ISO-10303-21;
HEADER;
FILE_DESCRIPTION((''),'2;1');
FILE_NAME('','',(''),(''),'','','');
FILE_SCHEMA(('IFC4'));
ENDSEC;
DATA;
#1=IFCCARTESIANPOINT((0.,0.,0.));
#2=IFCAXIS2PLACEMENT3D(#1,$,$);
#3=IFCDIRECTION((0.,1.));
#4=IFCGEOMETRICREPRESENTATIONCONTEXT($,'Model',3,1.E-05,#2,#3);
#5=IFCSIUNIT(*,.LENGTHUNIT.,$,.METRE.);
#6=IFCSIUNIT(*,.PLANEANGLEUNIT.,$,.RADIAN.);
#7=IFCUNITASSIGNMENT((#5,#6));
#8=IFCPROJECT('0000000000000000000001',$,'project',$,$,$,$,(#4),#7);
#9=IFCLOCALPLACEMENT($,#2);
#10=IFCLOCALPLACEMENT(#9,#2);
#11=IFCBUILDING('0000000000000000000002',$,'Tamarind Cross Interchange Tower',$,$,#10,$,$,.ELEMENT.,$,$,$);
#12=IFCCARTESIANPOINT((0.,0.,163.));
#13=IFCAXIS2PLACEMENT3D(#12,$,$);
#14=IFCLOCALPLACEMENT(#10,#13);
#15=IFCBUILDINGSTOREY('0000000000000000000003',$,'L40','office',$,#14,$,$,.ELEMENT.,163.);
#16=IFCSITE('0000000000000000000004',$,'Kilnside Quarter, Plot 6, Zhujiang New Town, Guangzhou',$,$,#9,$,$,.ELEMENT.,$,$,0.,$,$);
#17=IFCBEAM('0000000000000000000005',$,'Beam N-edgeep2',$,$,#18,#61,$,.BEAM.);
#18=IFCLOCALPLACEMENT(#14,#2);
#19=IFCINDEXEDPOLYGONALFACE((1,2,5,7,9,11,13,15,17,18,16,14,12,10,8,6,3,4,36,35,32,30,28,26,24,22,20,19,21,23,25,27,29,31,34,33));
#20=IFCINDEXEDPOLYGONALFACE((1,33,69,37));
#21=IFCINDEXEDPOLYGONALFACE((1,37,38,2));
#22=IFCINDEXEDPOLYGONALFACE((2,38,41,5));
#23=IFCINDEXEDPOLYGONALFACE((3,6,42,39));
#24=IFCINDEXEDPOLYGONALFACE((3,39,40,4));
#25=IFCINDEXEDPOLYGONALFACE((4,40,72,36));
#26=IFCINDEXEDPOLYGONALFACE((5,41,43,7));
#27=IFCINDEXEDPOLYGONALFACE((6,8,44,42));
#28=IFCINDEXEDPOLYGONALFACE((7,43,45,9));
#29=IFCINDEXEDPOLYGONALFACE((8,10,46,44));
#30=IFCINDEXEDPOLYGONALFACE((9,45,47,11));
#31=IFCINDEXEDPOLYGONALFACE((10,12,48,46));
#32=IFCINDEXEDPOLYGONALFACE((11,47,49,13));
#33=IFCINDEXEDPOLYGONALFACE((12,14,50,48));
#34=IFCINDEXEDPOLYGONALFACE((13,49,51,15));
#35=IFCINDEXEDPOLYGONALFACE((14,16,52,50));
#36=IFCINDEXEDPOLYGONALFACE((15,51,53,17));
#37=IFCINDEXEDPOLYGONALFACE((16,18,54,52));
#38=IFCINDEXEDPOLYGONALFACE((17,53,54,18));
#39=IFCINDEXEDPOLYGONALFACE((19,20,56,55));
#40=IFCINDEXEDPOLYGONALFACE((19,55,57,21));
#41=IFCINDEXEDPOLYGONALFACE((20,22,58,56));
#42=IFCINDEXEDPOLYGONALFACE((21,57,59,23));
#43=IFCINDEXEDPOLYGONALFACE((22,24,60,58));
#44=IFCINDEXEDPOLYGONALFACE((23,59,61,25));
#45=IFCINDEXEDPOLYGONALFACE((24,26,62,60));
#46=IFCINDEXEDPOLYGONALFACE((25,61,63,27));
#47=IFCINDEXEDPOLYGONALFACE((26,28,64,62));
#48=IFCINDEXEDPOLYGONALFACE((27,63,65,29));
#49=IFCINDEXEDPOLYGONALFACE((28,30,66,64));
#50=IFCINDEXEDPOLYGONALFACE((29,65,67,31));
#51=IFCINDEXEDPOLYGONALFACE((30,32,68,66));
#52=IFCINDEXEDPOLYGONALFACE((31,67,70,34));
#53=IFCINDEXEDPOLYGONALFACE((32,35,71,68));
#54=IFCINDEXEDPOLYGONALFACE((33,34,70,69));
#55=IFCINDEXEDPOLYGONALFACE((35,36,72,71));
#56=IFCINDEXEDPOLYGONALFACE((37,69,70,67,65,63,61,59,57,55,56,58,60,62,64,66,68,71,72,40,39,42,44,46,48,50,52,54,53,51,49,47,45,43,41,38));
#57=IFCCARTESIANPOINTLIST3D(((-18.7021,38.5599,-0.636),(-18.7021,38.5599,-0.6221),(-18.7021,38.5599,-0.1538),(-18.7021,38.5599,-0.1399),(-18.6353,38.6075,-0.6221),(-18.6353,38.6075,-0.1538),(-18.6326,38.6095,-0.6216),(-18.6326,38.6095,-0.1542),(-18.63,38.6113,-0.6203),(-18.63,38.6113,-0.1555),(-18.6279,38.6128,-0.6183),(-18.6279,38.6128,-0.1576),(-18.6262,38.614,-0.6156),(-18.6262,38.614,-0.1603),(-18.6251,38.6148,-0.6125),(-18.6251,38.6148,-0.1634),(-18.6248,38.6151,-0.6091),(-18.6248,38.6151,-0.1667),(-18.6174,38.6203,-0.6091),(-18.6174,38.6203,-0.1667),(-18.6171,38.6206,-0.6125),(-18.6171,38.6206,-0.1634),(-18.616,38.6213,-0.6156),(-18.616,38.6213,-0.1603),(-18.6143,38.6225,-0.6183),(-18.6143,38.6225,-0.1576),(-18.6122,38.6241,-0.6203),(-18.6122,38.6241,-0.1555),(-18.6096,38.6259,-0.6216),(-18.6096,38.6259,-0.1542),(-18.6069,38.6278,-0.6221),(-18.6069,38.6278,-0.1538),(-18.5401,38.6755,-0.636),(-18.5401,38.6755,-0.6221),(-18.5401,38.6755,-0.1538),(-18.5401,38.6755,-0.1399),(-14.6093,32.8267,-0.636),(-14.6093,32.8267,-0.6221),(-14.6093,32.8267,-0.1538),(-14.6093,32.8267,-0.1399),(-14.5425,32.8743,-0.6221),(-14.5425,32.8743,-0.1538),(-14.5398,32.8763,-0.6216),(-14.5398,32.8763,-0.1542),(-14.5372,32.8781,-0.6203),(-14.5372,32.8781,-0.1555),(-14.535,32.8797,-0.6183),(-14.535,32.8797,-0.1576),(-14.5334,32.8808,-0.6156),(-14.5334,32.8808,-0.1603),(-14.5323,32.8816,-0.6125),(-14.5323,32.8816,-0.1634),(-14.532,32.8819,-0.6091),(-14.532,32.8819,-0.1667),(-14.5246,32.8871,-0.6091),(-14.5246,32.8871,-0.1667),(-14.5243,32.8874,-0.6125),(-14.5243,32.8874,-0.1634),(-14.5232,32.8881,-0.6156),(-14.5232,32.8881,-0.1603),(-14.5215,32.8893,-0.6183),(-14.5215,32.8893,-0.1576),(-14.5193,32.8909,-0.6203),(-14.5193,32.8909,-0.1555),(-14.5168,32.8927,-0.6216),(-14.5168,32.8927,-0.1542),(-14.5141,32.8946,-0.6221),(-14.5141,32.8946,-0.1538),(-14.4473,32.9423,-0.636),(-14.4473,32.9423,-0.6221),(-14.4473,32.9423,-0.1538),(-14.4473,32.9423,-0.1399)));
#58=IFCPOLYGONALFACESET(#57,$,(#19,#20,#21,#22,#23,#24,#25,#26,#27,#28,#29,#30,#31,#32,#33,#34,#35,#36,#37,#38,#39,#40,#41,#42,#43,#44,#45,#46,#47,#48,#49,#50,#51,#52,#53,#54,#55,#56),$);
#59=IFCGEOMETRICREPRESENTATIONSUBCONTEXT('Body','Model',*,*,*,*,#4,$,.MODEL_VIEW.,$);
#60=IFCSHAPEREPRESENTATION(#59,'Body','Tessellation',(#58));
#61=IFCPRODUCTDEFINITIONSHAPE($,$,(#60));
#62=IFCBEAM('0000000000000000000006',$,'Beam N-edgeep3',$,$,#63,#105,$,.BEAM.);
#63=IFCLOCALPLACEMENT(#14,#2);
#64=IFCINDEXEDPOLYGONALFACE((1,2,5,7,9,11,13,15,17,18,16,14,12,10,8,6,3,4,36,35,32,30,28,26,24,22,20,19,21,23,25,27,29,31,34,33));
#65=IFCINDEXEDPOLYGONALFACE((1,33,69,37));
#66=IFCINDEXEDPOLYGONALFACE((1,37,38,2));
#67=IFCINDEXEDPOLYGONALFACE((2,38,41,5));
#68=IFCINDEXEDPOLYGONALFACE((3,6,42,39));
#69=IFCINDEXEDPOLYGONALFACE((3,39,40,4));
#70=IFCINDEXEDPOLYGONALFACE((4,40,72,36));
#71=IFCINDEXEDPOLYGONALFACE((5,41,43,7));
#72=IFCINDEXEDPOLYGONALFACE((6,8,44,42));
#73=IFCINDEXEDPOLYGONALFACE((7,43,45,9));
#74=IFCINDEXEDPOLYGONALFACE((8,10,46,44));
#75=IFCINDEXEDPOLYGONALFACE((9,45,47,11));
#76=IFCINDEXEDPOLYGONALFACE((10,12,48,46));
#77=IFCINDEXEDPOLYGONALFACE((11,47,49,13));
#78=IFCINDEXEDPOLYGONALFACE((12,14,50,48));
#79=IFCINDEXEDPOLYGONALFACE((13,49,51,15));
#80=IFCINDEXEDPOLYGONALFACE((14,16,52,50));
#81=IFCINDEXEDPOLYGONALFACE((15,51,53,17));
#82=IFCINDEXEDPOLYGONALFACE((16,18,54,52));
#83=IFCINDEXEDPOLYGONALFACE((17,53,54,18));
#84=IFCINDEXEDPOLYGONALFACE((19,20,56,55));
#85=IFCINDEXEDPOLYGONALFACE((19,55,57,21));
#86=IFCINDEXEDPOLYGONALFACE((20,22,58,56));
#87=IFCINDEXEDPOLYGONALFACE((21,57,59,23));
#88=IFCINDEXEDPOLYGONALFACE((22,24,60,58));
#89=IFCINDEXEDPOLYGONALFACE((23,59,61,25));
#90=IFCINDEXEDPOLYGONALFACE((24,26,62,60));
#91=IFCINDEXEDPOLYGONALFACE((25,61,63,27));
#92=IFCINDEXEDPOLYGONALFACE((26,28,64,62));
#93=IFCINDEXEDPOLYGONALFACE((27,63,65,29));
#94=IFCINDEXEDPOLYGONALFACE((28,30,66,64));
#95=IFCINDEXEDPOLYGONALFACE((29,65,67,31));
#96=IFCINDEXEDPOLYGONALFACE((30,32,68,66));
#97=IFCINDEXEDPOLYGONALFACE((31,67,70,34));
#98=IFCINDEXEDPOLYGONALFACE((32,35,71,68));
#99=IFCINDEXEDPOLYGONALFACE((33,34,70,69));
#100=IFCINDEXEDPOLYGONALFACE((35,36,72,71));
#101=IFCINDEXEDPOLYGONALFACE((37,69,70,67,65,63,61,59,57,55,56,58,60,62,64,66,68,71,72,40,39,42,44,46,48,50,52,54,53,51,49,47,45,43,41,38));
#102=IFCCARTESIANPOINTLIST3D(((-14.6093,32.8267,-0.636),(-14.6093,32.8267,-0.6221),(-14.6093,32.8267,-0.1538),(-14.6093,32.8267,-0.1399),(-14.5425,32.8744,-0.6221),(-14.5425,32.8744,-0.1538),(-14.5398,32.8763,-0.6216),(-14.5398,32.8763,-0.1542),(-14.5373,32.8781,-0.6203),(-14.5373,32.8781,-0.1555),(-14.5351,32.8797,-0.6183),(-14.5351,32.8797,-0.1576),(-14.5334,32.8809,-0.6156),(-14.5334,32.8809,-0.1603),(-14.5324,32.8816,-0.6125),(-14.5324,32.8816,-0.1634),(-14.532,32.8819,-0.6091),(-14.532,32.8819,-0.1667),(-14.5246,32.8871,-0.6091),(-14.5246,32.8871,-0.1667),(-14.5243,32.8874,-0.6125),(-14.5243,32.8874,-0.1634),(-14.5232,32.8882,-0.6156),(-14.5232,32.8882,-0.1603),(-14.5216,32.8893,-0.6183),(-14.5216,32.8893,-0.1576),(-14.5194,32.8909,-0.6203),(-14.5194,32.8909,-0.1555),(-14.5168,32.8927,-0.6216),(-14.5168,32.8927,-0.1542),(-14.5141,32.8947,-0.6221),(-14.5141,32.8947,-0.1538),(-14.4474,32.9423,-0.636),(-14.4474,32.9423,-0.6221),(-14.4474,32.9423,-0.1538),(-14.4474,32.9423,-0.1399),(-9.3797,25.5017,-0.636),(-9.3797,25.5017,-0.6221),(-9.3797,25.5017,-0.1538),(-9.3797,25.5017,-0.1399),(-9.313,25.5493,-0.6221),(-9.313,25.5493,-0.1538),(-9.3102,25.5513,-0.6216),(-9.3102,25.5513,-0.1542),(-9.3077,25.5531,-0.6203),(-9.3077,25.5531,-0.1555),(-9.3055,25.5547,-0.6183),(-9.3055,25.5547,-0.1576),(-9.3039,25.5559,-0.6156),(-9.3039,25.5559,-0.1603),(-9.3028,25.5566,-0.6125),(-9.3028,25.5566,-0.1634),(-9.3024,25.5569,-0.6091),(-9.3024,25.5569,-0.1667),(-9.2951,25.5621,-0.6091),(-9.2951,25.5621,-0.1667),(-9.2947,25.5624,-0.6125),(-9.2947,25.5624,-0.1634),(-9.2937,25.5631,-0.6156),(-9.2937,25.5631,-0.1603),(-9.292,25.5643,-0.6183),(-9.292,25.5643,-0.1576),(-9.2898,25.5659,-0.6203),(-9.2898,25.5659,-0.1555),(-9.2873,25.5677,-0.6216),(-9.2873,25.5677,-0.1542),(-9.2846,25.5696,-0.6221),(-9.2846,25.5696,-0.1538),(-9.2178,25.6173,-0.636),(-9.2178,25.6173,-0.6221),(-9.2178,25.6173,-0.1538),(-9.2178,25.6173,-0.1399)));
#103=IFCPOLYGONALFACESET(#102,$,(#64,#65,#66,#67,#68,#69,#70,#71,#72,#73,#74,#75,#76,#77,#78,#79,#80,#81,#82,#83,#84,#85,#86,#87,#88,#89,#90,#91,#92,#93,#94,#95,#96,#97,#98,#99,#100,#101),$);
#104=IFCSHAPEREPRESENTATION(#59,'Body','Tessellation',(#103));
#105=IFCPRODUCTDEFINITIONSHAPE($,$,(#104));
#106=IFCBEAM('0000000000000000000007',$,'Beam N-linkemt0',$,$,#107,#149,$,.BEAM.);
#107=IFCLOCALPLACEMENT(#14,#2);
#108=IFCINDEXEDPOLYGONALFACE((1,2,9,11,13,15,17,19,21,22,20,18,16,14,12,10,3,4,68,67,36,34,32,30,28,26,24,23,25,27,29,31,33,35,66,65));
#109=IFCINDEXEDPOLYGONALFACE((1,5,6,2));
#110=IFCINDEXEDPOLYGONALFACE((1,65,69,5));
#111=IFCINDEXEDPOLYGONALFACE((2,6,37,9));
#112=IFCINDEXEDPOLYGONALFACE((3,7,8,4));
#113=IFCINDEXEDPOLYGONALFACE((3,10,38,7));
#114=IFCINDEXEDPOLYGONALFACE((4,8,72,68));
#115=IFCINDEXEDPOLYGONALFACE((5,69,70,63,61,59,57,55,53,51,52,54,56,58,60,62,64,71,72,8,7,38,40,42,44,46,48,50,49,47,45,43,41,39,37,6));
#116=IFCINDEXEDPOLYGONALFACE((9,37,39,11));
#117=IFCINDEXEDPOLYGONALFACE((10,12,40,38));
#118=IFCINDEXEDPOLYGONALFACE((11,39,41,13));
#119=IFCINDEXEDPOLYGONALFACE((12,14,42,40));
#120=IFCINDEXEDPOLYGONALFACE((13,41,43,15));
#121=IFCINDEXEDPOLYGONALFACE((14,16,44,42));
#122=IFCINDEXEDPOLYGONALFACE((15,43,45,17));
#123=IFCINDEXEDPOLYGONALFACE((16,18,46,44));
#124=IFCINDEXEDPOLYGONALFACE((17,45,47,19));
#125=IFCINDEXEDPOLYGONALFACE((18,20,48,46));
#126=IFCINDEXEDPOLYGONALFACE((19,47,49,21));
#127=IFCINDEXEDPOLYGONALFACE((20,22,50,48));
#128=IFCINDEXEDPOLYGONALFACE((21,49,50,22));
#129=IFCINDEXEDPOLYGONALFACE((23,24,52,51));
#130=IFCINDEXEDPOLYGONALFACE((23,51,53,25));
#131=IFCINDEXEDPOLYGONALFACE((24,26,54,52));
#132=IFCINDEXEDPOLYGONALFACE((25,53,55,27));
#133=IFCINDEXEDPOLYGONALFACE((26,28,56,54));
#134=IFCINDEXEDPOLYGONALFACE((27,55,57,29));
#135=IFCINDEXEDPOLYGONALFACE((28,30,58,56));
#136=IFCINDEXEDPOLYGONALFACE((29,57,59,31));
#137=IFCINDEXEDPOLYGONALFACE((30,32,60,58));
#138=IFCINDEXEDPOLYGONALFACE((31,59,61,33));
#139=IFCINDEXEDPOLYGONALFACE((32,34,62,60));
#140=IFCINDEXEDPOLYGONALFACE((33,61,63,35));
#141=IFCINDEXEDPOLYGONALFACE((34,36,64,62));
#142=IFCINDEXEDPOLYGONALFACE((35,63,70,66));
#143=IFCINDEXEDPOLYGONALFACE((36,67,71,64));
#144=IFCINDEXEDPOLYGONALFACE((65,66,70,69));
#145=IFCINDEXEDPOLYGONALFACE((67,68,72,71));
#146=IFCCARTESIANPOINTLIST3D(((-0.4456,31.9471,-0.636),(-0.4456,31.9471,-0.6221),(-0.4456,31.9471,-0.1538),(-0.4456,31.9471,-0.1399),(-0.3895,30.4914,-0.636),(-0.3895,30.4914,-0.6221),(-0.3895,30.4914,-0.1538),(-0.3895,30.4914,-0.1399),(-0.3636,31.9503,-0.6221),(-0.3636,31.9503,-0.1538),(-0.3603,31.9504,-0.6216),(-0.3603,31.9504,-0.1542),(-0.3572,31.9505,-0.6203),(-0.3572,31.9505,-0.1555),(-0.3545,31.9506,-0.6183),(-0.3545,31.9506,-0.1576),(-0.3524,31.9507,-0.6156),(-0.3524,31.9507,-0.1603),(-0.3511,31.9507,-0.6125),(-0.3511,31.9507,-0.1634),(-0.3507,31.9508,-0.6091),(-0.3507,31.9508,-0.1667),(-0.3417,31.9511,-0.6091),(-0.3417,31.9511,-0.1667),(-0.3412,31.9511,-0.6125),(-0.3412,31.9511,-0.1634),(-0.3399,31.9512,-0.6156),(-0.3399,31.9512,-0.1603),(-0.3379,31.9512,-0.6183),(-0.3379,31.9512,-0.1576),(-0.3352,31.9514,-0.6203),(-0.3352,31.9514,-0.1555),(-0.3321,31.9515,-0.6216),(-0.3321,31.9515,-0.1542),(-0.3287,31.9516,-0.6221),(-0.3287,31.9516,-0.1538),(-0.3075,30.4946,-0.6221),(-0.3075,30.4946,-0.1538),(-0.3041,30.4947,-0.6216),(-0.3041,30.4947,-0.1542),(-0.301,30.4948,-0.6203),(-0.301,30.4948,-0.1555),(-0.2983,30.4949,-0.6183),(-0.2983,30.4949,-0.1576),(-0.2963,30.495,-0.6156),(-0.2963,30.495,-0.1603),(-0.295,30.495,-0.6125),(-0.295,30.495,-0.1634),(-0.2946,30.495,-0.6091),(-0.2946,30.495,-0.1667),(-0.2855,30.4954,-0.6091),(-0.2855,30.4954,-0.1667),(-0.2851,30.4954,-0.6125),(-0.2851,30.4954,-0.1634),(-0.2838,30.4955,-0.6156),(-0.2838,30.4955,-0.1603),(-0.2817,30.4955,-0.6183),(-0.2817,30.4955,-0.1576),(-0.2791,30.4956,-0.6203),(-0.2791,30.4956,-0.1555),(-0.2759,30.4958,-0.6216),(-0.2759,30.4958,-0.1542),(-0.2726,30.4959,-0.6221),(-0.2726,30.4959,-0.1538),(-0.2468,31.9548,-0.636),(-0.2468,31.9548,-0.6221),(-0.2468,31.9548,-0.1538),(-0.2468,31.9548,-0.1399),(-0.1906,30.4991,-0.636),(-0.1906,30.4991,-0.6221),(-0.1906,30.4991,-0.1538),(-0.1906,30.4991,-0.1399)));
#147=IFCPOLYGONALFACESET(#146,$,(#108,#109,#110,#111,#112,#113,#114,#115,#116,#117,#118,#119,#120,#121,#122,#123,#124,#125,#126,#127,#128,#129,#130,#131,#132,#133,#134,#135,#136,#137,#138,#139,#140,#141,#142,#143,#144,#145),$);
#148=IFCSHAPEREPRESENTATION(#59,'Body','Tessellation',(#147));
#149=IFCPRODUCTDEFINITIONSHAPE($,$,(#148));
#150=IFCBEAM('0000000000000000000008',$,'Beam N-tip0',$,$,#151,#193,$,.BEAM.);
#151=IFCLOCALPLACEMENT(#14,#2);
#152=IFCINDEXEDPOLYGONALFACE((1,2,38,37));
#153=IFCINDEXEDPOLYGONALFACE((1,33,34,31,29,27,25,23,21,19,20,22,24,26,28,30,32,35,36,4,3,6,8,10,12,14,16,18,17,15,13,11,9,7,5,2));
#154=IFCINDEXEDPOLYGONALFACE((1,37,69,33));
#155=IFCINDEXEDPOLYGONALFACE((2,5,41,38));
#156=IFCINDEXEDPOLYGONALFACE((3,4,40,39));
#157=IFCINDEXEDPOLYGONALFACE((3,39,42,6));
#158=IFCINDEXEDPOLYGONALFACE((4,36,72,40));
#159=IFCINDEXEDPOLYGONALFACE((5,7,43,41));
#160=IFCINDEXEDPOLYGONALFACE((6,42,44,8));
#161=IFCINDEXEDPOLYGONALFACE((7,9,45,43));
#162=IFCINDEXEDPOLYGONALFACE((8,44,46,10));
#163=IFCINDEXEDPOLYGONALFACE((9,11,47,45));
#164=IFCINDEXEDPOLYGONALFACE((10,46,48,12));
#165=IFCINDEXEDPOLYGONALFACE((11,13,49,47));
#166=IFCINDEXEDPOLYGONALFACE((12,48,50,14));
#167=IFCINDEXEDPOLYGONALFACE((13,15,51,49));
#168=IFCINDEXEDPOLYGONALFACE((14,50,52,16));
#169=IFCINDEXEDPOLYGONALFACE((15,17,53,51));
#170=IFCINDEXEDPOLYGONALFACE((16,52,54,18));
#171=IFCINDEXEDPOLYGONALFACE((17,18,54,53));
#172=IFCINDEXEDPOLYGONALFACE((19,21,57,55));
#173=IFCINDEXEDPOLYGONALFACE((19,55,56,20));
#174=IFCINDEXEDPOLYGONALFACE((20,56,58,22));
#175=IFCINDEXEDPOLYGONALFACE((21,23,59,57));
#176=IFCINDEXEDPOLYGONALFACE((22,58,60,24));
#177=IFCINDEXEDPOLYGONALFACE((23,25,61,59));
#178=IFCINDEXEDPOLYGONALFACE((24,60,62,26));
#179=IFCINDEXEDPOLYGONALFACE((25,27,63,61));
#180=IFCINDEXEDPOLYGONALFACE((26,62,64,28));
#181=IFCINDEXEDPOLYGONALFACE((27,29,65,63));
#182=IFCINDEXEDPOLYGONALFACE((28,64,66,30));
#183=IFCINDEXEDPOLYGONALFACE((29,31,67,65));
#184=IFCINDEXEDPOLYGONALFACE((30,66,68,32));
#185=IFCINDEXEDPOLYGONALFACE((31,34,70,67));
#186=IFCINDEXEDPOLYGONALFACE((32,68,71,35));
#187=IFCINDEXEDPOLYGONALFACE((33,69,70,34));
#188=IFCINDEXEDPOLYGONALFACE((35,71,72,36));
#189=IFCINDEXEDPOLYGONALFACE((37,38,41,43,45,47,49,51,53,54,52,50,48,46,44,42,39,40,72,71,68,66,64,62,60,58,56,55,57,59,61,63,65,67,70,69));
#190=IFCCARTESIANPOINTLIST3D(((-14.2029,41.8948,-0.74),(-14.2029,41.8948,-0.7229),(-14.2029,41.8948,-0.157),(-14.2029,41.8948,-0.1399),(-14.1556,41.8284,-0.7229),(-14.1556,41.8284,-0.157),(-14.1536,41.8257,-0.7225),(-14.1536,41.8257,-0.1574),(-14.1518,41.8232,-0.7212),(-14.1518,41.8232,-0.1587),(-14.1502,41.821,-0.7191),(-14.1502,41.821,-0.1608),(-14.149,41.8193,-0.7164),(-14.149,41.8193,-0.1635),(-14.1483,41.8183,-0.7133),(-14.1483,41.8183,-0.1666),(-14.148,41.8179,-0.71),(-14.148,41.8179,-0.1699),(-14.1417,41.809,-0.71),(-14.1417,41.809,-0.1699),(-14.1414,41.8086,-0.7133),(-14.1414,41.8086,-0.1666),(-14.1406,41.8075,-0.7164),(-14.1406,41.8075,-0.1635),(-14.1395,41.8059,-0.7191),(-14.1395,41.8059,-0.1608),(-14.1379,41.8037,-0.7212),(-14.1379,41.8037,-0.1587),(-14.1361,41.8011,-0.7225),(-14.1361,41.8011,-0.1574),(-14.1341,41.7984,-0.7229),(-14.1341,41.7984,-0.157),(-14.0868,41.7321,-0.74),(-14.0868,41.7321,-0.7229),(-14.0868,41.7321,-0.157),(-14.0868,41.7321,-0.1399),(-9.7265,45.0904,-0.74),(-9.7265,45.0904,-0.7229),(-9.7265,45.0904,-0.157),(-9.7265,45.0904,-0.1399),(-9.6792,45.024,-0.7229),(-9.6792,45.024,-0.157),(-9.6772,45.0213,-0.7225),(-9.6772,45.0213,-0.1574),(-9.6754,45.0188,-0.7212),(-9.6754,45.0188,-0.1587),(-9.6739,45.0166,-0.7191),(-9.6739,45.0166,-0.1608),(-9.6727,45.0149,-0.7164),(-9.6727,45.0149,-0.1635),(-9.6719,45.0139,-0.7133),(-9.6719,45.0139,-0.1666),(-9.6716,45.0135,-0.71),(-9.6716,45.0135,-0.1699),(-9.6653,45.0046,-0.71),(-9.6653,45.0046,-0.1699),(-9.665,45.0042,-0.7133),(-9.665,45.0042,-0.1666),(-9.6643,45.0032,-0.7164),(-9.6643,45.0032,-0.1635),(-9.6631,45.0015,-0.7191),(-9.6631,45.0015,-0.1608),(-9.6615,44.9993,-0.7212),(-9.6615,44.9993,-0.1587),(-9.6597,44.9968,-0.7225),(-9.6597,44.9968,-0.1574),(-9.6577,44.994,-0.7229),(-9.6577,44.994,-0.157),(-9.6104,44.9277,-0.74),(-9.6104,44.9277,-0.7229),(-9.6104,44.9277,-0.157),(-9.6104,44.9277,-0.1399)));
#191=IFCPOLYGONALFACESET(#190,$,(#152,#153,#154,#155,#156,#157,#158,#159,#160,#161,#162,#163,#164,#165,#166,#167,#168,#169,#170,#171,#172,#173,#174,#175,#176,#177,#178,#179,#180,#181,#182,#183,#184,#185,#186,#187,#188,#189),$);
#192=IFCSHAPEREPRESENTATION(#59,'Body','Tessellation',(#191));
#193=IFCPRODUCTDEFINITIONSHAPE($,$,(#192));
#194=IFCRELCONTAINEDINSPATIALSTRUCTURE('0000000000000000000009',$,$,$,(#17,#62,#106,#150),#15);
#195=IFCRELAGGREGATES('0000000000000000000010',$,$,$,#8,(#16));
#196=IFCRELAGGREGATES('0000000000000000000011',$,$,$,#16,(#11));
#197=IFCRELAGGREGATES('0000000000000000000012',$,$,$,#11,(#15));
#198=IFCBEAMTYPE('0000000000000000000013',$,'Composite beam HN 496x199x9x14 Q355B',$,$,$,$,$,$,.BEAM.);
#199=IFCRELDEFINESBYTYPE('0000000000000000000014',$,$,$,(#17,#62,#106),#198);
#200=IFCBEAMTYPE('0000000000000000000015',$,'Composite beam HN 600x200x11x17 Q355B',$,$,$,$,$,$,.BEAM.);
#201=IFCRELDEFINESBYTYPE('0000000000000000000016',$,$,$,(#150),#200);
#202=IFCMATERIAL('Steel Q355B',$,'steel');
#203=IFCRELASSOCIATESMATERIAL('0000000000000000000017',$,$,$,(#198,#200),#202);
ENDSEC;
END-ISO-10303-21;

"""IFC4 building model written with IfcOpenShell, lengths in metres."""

from ifc_helpers import new_model, si_unit, direction, frame, origin, origin_2d, place, context, subcontext, project, spatial, i_section, extrude, material, material_profile, profile_set, type_object, element, save


model = new_model("IFC4")

# Units and contexts
model_context = context("Model", 3, precision=1e-05, world=origin(), true_north=direction((0.0, 1.0)))
body_context = subcontext(model_context, "Body", "Model", "MODEL_VIEW")
ifc_project = project(units=[si_unit("LENGTHUNIT", "METRE"), si_unit("PLANEANGLEUNIT", "RADIAN")], contexts=[model_context])

# Site, building, storey
site_placement = place(None, origin())
site = spatial("IfcSite", under=ifc_project, at=site_placement, Name="Kilnside Quarter, Plot 6, Zhujiang New Town, Guangzhou", CompositionType="ELEMENT", RefElevation=0.0)
building_placement = place(site_placement, origin())
building = spatial("IfcBuilding", under=site, at=building_placement, Name="Tamarind Cross Interchange Tower", CompositionType="ELEMENT")
storey_placement = place(building_placement, frame((0.0, 0.0, 163.0)))
storey = spatial("IfcBuildingStorey", under=building, at=storey_placement, Name="L40", Description="office", CompositionType="ELEMENT", Elevation=163.0)

# Beams
ifc_material_1 = material(Name="Steel Q355B", Category="steel")
ifc_material_profile_1 = material_profile(ifc_material_1, i_section(OverallWidth=0.199, OverallDepth=0.4961, WebThickness=0.009, FlangeThickness=0.0139, FilletRadius=0.0129, at=origin_2d()), Name="HN 496x199x9x14")
ifc_profile_set_1 = profile_set([ifc_material_profile_1], Name="Steel Q355B")
beam_type_1 = type_object("IfcBeamType", Name="Composite beam HN 496x199x9x14 Q355B", PredefinedType="BEAM", material=ifc_profile_set_1)
beam_1_placement = place(storey_placement, frame((-18.6211, 38.6177, -0.3879), z_axis=(0.581019, -0.81389, 0.0), x_axis=(0.81389, 0.581019, 0.0)))
element("IfcBeam", 1, at=beam_1_placement, inside=storey, type_object=beam_type_1, Name="Beam N-edgeep2", PredefinedType="BEAM", context=body_context, shape_type="SweptSolid", body=[
    extrude(i_section(OverallWidth=0.199, OverallDepth=0.4961, WebThickness=0.009, FlangeThickness=0.0139, FilletRadius=0.0129, at=origin_2d()), origin(), (0.0, 0.0, 1.0), 7.0442),
])
beam_2_placement = place(storey_placement, frame((-14.5283, 32.8845, -0.3879), z_axis=(0.581046, -0.813871, 0.0), x_axis=(0.813871, 0.581046, 0.0)))
element("IfcBeam", 2, at=beam_2_placement, inside=storey, type_object=beam_type_1, Name="Beam N-edgeep3", PredefinedType="BEAM", context=body_context, shape_type="SweptSolid", body=[
    extrude(i_section(OverallWidth=0.199, OverallDepth=0.4961, WebThickness=0.009, FlangeThickness=0.0139, FilletRadius=0.0129, at=origin_2d()), origin(), (0.0, 0.0, 1.0), 9.0002),
])
beam_3_placement = place(storey_placement, frame((-0.3462, 31.9509, -0.3879), z_axis=(0.038543, -0.999257, 0.0), x_axis=(0.999257, 0.038543, 0.0)))
element("IfcBeam", 3, at=beam_3_placement, inside=storey, type_object=beam_type_1, Name="Beam N-linkemt0", PredefinedType="BEAM", context=body_context, shape_type="SweptSolid", body=[
    extrude(i_section(OverallWidth=0.199, OverallDepth=0.4961, WebThickness=0.009, FlangeThickness=0.0139, FilletRadius=0.0129, at=origin_2d()), origin(), (0.0, 0.0, 1.0), 1.4568),
])
ifc_material_profile_2 = material_profile(ifc_material_1, i_section(OverallWidth=0.2, OverallDepth=0.6001, WebThickness=0.011, FlangeThickness=0.0171, FilletRadius=0.0129, at=origin_2d()), Name="HN 600x200x11x17")
ifc_profile_set_2 = profile_set([ifc_material_profile_2], Name="Steel Q355B")
beam_type_2 = type_object("IfcBeamType", Name="Composite beam HN 600x200x11x17 Q355B", PredefinedType="BEAM", material=ifc_profile_set_2)
for number, where, z_axis, x_axis, name in (
    (4, (-9.6685, 45.009, -0.4399), (-0.813889, -0.58102, 0.0), (0.58102, -0.813889, 0.0), "Beam N-tip0"),
):
    element("IfcBeam", number, at=place(storey_placement, frame(where, z_axis=z_axis, x_axis=x_axis)), inside=storey, type_object=beam_type_2, Name=name, PredefinedType="BEAM", context=body_context, shape_type="SweptSolid", body=[
        extrude(i_section(OverallWidth=0.2, OverallDepth=0.6001, WebThickness=0.011, FlangeThickness=0.0171, FilletRadius=0.0129, at=origin_2d()), origin(), (0.0, 0.0, 1.0), 5.5),
    ])

save(model, "model.ifc")
